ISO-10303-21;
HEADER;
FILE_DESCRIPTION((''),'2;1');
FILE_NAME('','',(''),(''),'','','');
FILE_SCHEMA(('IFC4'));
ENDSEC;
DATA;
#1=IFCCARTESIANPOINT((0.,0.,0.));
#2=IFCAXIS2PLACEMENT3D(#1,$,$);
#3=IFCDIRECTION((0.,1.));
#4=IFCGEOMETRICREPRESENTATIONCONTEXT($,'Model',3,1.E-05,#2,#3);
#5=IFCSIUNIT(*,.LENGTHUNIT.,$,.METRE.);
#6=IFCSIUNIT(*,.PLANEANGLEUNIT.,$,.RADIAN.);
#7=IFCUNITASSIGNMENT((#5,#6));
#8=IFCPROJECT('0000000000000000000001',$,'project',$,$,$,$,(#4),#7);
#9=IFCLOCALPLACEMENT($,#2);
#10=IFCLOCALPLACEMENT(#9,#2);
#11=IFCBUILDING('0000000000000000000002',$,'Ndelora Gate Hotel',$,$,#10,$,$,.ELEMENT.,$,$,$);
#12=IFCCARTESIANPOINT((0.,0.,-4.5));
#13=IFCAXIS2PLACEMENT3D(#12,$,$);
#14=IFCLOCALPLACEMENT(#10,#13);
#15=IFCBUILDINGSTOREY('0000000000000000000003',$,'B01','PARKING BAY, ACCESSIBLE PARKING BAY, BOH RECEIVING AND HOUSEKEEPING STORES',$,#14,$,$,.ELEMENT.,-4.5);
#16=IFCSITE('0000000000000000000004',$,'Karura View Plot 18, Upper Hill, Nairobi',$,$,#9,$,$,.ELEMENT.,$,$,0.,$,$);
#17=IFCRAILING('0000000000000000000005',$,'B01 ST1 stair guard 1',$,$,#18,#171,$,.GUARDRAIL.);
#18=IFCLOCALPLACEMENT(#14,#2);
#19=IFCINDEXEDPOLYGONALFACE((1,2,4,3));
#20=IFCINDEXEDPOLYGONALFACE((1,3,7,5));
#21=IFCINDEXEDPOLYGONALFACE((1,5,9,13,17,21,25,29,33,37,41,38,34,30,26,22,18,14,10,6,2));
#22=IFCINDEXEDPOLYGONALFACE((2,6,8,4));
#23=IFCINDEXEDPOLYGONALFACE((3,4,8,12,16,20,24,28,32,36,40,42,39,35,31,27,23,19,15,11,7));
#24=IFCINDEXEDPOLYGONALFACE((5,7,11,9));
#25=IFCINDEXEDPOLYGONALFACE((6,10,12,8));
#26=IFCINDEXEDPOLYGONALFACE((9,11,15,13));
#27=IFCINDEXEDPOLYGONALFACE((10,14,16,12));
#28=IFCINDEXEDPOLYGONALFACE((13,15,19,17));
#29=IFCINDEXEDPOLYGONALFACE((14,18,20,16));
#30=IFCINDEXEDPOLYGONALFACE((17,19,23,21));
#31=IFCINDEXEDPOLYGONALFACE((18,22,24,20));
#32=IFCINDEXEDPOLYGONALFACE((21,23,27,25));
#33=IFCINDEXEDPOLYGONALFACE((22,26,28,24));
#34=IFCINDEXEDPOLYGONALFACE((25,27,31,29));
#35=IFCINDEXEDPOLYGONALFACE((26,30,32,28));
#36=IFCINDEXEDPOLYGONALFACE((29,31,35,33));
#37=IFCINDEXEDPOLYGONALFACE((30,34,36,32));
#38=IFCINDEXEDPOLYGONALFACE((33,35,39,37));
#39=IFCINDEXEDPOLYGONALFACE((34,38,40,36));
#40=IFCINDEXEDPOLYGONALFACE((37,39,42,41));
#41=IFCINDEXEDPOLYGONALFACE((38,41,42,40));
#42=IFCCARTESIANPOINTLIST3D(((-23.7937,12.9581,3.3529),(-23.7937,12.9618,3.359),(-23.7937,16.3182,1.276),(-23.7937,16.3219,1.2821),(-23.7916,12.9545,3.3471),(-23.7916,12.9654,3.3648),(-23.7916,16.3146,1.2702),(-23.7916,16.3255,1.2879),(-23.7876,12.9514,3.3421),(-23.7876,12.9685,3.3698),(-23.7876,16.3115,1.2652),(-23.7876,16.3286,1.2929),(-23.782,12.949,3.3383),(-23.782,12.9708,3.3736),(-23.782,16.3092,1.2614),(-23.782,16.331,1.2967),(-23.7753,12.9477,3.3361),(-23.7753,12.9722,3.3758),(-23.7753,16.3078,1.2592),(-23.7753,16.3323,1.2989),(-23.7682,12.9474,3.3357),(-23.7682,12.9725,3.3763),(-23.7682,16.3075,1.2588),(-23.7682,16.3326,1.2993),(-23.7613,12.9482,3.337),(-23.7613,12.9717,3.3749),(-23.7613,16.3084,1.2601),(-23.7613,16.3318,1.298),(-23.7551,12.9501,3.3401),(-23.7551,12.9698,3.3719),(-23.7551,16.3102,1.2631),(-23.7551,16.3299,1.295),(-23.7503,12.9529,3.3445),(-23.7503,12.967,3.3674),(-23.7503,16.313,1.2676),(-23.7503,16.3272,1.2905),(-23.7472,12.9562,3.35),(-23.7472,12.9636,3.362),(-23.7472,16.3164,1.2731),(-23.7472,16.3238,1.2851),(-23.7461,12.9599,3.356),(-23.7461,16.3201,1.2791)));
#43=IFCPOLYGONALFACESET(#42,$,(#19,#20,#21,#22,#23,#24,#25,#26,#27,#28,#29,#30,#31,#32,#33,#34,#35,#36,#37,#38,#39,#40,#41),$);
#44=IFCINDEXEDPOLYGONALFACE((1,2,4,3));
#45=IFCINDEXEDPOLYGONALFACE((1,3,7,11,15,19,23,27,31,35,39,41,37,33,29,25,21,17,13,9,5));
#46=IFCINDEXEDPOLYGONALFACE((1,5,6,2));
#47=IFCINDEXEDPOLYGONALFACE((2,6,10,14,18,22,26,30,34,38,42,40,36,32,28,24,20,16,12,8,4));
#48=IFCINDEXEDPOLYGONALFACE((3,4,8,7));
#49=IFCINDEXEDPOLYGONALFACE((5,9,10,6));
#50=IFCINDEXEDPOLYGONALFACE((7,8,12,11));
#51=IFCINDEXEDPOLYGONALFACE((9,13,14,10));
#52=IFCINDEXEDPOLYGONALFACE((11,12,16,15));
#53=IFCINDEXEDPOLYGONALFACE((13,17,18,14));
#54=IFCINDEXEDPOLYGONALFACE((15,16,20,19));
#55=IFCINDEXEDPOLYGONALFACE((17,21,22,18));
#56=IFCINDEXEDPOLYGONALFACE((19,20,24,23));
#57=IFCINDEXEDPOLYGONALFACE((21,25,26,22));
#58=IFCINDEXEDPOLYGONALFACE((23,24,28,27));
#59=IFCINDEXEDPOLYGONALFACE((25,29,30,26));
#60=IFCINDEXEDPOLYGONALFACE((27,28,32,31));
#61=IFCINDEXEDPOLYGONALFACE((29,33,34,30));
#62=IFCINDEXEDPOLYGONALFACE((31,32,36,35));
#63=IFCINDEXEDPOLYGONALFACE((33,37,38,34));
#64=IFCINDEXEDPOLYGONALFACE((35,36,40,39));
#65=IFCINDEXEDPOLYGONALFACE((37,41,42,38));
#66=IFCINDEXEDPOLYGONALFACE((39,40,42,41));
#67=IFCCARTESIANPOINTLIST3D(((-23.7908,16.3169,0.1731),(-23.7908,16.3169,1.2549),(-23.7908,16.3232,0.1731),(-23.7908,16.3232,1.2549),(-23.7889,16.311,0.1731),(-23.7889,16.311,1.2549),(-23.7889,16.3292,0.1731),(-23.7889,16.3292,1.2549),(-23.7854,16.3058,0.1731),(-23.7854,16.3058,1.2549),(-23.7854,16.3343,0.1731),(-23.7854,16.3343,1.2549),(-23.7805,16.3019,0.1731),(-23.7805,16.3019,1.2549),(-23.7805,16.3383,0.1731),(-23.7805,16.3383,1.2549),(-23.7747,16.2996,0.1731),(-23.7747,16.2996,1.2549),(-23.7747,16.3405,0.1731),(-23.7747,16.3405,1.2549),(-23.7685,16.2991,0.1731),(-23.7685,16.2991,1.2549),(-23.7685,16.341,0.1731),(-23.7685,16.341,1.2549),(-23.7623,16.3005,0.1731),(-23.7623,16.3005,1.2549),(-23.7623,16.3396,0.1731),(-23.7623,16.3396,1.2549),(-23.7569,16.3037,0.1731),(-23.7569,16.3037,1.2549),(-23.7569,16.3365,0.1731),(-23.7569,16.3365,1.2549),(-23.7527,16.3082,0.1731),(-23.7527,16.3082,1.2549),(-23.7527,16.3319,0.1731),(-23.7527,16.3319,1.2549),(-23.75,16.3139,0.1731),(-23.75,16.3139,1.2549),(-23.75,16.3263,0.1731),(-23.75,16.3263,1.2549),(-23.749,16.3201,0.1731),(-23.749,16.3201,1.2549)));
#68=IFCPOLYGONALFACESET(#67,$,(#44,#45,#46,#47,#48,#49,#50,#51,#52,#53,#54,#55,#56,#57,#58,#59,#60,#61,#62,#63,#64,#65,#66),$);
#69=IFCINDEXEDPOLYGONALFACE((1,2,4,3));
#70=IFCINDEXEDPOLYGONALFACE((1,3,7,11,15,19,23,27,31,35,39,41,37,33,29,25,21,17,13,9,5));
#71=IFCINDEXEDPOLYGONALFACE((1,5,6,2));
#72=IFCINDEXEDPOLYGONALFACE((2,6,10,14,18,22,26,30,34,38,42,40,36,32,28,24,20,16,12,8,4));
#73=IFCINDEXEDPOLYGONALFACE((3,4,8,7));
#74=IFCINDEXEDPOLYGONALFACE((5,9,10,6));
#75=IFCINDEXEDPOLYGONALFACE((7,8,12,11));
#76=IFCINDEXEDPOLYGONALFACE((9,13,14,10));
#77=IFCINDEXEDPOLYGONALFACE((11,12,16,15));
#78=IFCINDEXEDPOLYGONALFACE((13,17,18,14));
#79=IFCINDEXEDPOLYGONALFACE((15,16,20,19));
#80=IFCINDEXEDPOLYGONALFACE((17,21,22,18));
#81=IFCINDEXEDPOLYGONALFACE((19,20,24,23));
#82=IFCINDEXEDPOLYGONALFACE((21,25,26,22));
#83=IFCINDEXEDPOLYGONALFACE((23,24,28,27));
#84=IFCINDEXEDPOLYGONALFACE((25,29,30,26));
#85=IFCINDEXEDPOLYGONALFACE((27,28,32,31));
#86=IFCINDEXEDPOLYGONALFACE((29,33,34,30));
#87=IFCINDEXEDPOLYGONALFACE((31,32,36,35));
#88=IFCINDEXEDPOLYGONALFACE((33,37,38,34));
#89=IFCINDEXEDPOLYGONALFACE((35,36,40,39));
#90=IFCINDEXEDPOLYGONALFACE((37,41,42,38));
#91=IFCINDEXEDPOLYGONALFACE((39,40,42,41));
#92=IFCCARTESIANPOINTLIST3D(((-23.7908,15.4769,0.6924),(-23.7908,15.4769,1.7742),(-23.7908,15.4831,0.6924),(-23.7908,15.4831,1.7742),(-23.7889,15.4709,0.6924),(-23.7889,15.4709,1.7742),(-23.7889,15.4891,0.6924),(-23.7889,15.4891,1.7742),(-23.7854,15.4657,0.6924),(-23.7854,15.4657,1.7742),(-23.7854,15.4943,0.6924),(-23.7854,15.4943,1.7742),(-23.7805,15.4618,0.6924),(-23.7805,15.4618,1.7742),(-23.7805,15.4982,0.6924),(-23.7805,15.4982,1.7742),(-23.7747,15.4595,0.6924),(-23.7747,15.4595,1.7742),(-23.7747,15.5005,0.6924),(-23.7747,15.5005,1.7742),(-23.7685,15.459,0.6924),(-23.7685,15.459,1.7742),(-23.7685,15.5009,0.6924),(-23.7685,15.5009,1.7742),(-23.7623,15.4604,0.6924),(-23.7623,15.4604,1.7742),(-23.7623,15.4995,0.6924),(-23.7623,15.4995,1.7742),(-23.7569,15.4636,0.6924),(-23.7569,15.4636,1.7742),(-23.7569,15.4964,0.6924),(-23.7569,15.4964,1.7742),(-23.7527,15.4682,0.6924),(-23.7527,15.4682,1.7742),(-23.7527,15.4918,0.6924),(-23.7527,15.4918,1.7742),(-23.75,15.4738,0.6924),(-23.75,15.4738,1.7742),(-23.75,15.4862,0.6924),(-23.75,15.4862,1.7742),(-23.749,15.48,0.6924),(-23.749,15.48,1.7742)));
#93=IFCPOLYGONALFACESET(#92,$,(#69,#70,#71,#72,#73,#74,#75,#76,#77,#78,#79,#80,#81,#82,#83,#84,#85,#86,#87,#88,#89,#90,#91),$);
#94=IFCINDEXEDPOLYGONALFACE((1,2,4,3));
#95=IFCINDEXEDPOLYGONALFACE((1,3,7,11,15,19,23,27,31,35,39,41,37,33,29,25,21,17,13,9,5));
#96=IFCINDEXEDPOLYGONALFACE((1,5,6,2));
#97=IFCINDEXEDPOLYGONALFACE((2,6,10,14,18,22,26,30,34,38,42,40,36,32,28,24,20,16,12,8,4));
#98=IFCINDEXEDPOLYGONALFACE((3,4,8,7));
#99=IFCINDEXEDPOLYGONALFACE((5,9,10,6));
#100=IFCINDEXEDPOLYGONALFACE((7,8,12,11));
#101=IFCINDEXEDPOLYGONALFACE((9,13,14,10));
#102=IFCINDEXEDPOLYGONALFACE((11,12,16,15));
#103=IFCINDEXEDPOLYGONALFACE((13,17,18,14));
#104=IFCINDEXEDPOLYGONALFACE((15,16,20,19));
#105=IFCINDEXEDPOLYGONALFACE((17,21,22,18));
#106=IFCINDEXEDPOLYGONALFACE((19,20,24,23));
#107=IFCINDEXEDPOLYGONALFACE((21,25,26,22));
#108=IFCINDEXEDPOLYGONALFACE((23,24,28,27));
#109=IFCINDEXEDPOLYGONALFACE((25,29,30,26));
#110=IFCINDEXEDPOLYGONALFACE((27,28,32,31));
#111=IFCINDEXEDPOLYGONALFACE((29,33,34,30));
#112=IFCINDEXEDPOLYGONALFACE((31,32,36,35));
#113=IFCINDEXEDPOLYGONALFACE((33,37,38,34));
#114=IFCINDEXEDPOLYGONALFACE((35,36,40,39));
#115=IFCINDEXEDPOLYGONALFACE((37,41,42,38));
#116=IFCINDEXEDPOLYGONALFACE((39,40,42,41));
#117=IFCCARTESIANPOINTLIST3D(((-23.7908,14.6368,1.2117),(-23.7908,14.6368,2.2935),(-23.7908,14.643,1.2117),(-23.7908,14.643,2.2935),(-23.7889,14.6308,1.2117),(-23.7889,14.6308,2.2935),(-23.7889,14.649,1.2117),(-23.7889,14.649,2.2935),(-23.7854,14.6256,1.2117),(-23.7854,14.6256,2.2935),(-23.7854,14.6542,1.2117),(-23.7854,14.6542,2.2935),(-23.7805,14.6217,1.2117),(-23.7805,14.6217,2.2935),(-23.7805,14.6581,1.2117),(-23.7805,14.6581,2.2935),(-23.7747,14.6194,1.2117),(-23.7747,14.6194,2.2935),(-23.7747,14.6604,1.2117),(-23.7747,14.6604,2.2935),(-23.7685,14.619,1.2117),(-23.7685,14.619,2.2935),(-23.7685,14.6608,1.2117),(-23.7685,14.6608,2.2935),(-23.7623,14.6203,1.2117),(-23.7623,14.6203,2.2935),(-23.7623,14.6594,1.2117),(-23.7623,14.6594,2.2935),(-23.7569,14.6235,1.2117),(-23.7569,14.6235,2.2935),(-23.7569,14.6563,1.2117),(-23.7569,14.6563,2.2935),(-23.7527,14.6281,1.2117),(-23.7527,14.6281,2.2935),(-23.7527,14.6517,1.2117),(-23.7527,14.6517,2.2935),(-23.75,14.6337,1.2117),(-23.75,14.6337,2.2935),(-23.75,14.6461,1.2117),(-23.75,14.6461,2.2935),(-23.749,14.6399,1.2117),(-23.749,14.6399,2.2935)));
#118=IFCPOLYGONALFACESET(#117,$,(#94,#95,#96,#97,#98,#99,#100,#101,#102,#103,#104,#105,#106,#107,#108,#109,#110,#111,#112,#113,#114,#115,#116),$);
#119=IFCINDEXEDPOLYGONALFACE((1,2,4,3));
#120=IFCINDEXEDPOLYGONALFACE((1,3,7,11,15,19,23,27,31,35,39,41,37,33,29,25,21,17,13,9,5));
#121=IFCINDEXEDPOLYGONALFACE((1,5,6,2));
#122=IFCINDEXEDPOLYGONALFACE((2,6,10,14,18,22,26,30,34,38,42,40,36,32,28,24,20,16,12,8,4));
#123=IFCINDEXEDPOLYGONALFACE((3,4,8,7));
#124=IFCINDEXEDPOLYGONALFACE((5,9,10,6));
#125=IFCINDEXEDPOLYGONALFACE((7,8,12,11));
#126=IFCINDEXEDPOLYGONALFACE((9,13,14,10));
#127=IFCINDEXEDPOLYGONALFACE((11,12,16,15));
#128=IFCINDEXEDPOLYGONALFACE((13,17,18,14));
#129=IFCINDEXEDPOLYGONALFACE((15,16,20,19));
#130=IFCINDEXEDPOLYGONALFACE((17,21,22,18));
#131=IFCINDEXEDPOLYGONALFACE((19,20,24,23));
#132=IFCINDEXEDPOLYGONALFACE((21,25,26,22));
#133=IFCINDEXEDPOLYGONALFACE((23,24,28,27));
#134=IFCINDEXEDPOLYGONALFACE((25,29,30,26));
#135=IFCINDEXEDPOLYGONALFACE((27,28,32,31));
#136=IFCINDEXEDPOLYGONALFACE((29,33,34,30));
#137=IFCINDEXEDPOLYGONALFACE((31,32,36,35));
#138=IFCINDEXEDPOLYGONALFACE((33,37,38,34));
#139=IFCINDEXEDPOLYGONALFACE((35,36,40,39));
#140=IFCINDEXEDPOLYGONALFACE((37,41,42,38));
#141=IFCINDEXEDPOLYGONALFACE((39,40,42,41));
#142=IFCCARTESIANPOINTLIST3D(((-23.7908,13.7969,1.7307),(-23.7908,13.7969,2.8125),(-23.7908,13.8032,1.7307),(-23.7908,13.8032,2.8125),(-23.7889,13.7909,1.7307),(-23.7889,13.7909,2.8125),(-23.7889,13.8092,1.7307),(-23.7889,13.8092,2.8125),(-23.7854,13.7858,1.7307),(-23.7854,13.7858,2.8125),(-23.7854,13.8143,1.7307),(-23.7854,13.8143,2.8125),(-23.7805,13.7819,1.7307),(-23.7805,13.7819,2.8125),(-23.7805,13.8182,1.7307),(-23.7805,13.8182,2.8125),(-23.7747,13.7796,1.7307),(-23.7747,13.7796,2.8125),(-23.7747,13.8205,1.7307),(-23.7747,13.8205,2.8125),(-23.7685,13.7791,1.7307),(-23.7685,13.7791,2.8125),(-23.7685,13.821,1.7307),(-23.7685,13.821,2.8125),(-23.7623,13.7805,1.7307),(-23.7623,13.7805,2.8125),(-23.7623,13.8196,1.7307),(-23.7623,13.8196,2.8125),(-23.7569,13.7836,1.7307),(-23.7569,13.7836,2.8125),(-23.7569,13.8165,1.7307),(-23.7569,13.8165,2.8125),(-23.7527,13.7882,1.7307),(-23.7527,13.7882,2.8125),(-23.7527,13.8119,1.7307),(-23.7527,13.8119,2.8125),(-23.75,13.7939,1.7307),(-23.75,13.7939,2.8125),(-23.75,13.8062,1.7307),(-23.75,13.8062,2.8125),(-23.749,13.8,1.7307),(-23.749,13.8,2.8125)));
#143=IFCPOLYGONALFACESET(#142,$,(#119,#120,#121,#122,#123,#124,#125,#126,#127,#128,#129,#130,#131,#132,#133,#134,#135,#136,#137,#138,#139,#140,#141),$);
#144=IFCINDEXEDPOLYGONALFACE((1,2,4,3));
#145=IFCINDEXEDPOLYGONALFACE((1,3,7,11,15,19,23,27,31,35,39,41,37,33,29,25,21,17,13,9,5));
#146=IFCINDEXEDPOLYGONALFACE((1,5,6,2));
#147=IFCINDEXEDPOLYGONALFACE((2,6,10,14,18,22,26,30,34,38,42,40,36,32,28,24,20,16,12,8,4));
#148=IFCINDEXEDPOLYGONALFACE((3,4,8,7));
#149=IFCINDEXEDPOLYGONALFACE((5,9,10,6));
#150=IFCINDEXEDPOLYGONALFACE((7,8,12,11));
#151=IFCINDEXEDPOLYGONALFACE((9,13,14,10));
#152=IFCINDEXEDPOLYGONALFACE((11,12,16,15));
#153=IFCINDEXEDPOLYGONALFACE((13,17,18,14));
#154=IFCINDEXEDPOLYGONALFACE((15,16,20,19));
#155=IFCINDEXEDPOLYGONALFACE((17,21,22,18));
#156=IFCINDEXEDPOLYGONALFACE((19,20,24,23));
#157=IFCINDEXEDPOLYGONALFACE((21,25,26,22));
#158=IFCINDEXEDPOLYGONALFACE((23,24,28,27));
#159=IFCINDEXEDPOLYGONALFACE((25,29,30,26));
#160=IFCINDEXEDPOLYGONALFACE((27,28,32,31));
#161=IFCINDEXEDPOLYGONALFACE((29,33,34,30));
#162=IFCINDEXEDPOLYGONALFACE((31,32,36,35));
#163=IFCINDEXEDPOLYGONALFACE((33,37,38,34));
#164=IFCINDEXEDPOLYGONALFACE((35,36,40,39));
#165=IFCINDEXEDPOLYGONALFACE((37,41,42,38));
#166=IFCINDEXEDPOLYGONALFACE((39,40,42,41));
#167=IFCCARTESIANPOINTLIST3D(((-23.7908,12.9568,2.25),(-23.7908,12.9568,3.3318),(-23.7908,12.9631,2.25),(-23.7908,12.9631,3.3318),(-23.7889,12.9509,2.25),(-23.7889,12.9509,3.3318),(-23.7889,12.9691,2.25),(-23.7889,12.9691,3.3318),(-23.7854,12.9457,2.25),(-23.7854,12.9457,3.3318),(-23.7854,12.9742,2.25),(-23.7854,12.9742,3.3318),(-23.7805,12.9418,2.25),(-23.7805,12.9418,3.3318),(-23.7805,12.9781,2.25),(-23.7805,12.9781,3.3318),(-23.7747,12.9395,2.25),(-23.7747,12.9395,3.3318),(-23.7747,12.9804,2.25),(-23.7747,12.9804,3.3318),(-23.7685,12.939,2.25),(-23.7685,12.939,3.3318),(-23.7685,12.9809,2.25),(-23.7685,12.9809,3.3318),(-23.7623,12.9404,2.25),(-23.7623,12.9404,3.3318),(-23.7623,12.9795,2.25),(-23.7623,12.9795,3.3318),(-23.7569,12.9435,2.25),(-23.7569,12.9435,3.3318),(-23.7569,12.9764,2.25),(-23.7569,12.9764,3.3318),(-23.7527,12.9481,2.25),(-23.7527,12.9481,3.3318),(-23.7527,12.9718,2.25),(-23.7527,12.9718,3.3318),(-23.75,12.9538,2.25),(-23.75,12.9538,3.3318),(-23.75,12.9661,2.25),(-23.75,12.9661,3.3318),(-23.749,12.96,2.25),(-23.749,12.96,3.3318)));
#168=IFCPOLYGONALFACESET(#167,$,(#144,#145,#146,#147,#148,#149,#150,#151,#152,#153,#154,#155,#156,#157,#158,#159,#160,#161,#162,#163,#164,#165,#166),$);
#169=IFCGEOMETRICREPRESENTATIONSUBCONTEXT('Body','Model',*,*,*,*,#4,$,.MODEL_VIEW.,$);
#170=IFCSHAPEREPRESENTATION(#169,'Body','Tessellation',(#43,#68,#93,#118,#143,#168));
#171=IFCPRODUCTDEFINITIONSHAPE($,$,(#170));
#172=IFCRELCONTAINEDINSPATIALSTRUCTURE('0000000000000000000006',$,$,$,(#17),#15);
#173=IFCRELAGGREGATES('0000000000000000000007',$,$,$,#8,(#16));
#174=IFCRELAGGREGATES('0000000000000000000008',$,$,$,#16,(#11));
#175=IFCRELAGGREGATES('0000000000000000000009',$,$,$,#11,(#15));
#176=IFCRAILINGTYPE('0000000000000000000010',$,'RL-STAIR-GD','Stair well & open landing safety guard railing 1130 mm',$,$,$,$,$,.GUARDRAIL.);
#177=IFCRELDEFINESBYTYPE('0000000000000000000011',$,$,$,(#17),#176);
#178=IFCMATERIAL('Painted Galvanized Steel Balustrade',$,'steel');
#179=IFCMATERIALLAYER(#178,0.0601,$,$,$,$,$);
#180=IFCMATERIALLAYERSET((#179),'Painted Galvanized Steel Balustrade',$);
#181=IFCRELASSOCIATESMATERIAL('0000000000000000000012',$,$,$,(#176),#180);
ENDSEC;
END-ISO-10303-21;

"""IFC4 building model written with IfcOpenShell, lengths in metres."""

from ifc_helpers import new_model, si_unit, direction, frame, origin, origin_2d, place, context, subcontext, project, spatial, circle, extrude, material, layer, layer_set, type_object, element, save


model = new_model("IFC4")

# Units and contexts
model_context = context("Model", 3, precision=1e-05, world=origin(), true_north=direction((0.0, 1.0)))
body_context = subcontext(model_context, "Body", "Model", "MODEL_VIEW")
ifc_project = project(units=[si_unit("LENGTHUNIT", "METRE"), si_unit("PLANEANGLEUNIT", "RADIAN")], contexts=[model_context])

# Site, building, storey
site_placement = place(None, origin())
site = spatial("IfcSite", under=ifc_project, at=site_placement, Name="Karura View Plot 18, Upper Hill, Nairobi", CompositionType="ELEMENT", RefElevation=0.0)
building_placement = place(site_placement, origin())
building = spatial("IfcBuilding", under=site, at=building_placement, Name="Ndelora Gate Hotel", CompositionType="ELEMENT")
storey_placement = place(building_placement, frame((0.0, 0.0, -4.5)))
storey = spatial("IfcBuildingStorey", under=building, at=storey_placement, Name="B01", Description="PARKING BAY, ACCESSIBLE PARKING BAY, BOH RECEIVING AND HOUSEKEEPING STORES", CompositionType="ELEMENT", Elevation=-4.5)

# Railing
ifc_material_1 = material(Name="Painted Galvanized Steel Balustrade", Category="steel")
ifc_layer_1 = layer(ifc_material_1, 0.0601)
ifc_layer_set_1 = layer_set([ifc_layer_1], Name="Painted Galvanized Steel Balustrade")
railing_type_1 = type_object("IfcRailingType", Name="RL-STAIR-GD", Description="Stair well & open landing safety guard railing 1130 mm", PredefinedType="GUARDRAIL", material=ifc_layer_set_1)
railing_1_placement = place(storey_placement, frame((-23.77, 16.3201, 0.1731)))
element("IfcRailing", 1, at=railing_1_placement, inside=storey, type_object=railing_type_1, Name="B01 ST1 stair guard 1", PredefinedType="GUARDRAIL", context=body_context, shape_type="SweptSolid", body=[
    extrude(circle(Radius=0.0239, at=origin_2d()), frame((0.0, 0.0, 1.106), z_axis=(0.0, -0.850623, 0.525776), x_axis=(1.0, 0.0, 0.0)), (0.0, 0.0, 1.0), 3.9502),
    extrude(circle(Radius=0.021, at=origin_2d()), origin(), (0.0, 0.0, 1.0), 1.0818),
    extrude(circle(Radius=0.021, at=origin_2d()), frame((0.0, -0.8401, 0.5193)), (0.0, 0.0, 1.0), 1.0818),
    extrude(circle(Radius=0.021, at=origin_2d()), frame((0.0, -1.6802, 1.0386)), (0.0, 0.0, 1.0), 1.0818),
    extrude(circle(Radius=0.021, at=origin_2d()), frame((0.0, -2.52, 1.5576)), (0.0, 0.0, 1.0), 1.0818),
    extrude(circle(Radius=0.021, at=origin_2d()), frame((0.0, -3.3601, 2.0769)), (0.0, 0.0, 1.0), 1.0818),
])

save(model, "model.ifc")
